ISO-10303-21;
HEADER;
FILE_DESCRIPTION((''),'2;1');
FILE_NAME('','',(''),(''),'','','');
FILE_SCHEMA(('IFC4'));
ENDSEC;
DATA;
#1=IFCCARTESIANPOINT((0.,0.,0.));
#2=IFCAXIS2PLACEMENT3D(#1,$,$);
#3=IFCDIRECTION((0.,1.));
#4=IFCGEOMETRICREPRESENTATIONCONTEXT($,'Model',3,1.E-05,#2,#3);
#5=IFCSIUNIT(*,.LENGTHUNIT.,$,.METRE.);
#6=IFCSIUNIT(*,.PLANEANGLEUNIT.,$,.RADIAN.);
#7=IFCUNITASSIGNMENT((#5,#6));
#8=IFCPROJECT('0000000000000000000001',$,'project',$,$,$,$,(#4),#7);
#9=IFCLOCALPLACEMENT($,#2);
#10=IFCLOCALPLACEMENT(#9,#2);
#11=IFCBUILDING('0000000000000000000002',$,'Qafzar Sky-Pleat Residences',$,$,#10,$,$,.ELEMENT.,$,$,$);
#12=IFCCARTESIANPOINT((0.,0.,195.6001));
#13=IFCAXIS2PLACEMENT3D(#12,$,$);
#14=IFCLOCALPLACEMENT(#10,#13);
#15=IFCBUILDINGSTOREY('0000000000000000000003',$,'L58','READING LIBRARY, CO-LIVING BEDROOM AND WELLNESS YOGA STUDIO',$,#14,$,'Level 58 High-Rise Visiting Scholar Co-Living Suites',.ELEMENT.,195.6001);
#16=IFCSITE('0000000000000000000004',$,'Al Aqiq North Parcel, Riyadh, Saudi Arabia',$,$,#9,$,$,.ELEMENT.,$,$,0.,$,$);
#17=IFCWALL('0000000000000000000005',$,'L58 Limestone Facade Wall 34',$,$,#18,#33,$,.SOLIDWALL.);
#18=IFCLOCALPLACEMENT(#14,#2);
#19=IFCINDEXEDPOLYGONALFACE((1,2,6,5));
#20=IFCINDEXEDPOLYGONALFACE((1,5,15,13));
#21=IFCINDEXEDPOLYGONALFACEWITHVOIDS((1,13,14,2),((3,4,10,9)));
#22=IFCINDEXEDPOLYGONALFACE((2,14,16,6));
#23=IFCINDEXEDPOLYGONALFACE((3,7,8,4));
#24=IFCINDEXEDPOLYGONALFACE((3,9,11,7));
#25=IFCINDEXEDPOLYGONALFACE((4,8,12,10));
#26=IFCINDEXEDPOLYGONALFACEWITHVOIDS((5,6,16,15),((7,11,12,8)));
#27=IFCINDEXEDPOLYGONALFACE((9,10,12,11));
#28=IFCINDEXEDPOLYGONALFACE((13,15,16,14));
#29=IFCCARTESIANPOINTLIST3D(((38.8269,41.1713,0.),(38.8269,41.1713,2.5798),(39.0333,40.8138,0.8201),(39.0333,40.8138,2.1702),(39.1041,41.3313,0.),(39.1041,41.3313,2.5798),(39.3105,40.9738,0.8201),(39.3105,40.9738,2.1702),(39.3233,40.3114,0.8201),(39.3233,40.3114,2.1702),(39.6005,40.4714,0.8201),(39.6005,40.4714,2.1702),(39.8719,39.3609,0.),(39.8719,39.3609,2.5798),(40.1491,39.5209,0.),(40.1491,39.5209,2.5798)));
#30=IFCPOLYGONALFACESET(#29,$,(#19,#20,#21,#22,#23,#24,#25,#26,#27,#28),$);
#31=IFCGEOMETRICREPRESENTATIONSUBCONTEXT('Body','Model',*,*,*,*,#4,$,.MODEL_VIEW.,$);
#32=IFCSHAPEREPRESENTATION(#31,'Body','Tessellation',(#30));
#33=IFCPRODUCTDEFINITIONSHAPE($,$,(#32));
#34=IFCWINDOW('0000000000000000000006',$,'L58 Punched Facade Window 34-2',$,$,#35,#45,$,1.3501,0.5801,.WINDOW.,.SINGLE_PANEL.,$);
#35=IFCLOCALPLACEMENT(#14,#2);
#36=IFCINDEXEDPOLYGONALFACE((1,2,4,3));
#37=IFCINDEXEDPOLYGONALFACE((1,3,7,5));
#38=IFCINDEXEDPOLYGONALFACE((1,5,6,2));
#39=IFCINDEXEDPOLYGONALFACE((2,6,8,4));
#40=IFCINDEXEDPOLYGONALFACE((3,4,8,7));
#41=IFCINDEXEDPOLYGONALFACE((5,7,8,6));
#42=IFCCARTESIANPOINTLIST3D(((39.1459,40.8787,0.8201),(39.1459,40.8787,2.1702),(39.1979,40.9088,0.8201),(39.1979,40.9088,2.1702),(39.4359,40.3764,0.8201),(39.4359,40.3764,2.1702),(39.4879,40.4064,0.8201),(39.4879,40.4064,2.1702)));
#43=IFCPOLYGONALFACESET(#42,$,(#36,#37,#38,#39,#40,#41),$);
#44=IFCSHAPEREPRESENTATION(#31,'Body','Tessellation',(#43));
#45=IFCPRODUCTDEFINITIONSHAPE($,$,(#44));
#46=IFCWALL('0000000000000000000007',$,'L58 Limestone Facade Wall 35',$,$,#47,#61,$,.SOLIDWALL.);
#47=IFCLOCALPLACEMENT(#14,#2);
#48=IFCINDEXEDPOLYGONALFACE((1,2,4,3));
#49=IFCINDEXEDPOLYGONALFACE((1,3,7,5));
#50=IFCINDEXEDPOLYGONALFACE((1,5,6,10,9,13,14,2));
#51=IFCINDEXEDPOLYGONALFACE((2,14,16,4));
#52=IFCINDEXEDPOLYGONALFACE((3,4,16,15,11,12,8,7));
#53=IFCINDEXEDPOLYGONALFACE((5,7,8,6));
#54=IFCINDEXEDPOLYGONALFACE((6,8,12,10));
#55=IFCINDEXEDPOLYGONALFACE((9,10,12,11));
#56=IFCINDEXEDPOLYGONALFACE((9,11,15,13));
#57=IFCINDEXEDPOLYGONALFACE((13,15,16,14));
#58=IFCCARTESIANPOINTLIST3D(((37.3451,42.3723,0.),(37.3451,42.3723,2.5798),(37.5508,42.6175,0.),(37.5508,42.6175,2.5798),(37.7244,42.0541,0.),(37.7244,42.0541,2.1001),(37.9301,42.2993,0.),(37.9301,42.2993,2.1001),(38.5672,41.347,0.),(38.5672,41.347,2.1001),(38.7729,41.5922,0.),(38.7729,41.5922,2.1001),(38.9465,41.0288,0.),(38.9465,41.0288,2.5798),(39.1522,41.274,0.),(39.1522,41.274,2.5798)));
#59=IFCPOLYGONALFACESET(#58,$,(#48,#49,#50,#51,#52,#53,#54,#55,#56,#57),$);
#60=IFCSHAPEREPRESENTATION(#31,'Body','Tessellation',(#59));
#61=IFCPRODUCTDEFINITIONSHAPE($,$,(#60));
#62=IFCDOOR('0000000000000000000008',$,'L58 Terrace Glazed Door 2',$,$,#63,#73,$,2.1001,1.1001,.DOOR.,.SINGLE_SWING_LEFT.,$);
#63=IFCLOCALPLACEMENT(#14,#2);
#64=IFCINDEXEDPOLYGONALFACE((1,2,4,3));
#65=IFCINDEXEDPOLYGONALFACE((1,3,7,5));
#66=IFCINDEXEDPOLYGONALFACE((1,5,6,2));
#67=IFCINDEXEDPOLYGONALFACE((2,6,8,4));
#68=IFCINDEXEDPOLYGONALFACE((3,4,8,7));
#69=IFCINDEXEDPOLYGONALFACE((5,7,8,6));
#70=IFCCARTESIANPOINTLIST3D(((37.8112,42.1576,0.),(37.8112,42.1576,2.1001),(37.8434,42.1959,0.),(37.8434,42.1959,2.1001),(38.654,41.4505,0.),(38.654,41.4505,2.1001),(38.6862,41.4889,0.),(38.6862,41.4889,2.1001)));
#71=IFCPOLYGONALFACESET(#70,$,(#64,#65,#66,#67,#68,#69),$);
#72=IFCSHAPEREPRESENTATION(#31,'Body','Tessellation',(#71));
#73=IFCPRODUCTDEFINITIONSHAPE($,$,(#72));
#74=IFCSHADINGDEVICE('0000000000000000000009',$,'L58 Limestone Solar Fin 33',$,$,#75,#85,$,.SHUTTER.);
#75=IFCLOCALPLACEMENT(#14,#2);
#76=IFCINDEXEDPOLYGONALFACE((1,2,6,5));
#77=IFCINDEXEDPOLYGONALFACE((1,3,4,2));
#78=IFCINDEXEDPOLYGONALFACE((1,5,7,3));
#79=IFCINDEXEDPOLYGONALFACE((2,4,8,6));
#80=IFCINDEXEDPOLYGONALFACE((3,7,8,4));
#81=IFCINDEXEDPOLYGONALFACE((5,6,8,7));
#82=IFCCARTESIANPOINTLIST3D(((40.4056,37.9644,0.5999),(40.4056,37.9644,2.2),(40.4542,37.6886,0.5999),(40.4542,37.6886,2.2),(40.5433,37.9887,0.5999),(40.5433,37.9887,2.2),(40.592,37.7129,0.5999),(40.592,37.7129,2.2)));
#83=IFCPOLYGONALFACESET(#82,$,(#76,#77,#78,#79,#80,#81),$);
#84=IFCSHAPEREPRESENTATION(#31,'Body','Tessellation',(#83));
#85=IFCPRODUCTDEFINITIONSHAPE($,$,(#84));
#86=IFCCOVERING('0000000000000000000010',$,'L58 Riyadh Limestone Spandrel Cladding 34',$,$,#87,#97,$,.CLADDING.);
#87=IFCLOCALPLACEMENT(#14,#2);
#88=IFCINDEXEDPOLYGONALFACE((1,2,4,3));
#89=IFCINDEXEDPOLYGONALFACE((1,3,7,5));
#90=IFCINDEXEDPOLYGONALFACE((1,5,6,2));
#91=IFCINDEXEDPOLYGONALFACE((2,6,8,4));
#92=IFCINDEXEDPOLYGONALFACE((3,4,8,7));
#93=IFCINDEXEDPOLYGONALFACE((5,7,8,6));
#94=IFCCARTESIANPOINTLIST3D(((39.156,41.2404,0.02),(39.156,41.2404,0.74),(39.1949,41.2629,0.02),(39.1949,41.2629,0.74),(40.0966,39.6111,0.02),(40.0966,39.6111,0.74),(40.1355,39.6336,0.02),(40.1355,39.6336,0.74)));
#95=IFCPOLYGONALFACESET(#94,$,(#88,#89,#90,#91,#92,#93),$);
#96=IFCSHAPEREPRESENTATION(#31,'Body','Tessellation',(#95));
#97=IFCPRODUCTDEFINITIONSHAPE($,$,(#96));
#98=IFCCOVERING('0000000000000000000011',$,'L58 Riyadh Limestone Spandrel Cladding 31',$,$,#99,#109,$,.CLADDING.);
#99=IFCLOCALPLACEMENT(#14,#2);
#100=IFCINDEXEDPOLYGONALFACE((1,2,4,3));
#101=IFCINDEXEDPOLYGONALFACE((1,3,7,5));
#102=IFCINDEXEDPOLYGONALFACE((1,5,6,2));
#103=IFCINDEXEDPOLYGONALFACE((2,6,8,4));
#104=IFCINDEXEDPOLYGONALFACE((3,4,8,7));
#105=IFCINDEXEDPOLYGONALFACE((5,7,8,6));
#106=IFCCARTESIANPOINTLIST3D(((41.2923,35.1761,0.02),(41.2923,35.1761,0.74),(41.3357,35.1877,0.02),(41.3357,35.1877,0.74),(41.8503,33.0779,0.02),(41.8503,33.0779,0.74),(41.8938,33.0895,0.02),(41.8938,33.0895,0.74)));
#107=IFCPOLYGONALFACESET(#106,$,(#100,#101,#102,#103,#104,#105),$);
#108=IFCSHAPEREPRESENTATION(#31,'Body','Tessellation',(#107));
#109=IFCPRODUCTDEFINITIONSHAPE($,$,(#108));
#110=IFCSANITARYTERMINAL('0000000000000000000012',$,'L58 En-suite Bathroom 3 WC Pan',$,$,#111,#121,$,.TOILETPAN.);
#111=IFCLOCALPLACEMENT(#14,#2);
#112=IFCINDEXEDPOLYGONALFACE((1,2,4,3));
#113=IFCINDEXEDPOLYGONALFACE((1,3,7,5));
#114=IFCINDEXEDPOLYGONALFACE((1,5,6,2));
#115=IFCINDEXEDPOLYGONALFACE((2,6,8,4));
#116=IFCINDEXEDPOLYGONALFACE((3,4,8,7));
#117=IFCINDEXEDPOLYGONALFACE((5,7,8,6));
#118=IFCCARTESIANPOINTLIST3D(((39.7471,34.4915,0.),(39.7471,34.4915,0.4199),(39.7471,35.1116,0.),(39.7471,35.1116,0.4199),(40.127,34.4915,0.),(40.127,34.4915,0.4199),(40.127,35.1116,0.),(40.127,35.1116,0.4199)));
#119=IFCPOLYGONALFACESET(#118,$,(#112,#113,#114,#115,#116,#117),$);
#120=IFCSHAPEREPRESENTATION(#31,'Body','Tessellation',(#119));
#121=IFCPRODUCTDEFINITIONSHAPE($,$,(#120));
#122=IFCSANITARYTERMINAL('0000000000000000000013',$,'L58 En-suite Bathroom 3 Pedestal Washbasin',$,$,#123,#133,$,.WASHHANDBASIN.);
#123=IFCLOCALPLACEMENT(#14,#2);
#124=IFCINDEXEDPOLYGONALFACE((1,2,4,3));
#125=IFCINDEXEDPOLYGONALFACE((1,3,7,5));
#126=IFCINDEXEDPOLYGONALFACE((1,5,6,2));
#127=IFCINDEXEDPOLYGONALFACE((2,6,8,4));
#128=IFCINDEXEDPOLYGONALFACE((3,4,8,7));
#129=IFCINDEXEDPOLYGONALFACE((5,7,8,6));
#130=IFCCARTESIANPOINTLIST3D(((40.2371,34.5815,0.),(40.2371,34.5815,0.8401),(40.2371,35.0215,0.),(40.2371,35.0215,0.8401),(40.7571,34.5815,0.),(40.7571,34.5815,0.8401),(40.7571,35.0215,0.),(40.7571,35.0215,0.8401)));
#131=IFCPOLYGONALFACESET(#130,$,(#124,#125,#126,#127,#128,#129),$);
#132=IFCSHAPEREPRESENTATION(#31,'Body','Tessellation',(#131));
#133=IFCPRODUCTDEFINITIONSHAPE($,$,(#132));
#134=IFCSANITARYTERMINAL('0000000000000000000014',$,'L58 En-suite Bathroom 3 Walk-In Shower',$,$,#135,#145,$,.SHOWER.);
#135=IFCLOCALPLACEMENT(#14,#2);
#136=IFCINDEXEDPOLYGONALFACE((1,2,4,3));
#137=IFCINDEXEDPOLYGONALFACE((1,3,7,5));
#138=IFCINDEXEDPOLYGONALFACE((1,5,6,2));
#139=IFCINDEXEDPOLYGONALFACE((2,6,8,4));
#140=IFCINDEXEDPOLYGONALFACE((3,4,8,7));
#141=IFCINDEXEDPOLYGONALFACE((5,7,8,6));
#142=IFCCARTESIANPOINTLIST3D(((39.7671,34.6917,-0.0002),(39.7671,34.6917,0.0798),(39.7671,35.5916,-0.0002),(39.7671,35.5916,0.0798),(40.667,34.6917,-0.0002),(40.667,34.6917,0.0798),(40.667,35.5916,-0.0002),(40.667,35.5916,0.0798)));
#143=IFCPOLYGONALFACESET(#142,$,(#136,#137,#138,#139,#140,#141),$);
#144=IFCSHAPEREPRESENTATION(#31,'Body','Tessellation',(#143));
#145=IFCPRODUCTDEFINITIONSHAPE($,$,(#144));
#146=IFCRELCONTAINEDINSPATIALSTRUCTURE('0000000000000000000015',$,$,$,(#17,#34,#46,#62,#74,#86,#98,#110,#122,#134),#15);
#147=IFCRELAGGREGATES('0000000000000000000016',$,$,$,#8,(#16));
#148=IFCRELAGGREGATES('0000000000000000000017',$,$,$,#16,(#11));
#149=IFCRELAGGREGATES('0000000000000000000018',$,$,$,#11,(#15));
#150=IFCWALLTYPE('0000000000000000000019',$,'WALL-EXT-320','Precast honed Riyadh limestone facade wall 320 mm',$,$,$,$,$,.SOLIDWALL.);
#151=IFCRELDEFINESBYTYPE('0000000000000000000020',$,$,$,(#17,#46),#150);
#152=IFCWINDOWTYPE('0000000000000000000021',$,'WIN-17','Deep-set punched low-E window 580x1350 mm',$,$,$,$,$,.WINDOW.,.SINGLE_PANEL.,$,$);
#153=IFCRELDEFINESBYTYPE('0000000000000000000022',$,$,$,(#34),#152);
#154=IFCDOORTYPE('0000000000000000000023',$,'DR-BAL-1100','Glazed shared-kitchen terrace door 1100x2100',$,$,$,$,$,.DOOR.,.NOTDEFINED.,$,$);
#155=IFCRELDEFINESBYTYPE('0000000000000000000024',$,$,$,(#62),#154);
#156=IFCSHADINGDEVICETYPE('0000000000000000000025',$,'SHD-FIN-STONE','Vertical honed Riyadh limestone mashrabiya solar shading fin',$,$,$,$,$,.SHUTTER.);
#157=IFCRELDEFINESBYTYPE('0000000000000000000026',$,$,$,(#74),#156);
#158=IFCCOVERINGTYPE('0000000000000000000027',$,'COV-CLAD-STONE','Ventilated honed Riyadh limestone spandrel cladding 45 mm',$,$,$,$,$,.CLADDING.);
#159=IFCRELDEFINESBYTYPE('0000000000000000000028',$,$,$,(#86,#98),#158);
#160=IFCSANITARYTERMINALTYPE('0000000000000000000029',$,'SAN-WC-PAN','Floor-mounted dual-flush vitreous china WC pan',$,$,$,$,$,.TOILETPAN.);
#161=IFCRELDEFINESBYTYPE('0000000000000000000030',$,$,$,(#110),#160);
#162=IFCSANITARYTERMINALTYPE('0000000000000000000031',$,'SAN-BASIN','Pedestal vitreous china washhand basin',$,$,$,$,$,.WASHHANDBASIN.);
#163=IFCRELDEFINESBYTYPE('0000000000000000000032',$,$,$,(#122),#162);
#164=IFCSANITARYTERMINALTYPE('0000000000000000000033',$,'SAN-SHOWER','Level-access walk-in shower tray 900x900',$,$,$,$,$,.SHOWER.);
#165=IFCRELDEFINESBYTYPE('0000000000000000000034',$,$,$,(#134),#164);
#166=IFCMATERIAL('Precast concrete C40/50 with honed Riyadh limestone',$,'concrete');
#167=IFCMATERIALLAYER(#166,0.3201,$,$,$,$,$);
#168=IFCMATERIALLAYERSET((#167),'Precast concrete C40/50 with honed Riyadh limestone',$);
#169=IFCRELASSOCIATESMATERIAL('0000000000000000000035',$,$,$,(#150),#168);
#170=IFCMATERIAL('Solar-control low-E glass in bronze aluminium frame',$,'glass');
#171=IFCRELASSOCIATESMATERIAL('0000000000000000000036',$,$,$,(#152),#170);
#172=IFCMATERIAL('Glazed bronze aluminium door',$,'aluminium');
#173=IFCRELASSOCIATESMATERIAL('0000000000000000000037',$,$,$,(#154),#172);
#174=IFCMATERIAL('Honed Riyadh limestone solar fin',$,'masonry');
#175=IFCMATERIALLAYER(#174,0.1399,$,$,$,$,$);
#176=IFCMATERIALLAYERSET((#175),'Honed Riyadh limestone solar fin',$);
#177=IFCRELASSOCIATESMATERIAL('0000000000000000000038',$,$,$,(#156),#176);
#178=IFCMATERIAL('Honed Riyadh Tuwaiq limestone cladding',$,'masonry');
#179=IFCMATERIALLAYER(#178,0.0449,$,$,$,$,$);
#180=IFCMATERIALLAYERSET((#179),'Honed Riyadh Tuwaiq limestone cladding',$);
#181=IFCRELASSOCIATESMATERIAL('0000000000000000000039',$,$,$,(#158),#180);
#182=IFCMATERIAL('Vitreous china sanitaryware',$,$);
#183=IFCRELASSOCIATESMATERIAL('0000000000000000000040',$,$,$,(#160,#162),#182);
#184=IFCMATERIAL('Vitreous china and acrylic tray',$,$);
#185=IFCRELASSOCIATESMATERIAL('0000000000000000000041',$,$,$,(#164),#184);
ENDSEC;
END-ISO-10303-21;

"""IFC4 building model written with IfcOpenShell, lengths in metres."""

from ifc_helpers import new_model, si_unit, direction, frame, frame_2d, origin, origin_2d, place, context, subcontext, project, spatial, rectangle, extrude, source, transform, mapped, material, layer, layer_set, type_object, element, fill, save


model = new_model("IFC4")

# Units and contexts
model_context = context("Model", 3, precision=1e-05, world=origin(), true_north=direction((0.0, 1.0)))
body_context = subcontext(model_context, "Body", "Model", "MODEL_VIEW")
ifc_project = project(units=[si_unit("LENGTHUNIT", "METRE"), si_unit("PLANEANGLEUNIT", "RADIAN")], contexts=[model_context])

# Site, building, storey
site_placement = place(None, origin())
site = spatial("IfcSite", under=ifc_project, at=site_placement, Name="Al Aqiq North Parcel, Riyadh, Saudi Arabia", CompositionType="ELEMENT", RefElevation=0.0)
building_placement = place(site_placement, origin())
building = spatial("IfcBuilding", under=site, at=building_placement, Name="Qafzar Sky-Pleat Residences", CompositionType="ELEMENT")
storey_placement = place(building_placement, frame((0.0, 0.0, 195.6001)))
storey = spatial("IfcBuildingStorey", under=building, at=storey_placement, Name="L58", Description="READING LIBRARY, CO-LIVING BEDROOM AND WELLNESS YOGA STUDIO", LongName="Level 58 High-Rise Visiting Scholar Co-Living Suites", CompositionType="ELEMENT", Elevation=195.6001)

# Wall, opening, window
ifc_material_1 = material(Name="Precast concrete C40/50 with honed Riyadh limestone", Category="concrete")
ifc_layer_1 = layer(ifc_material_1, 0.3201)
ifc_layer_set_1 = layer_set([ifc_layer_1], Name="Precast concrete C40/50 with honed Riyadh limestone")
wall_type_1 = type_object("IfcWallType", Name="WALL-EXT-320", Description="Precast honed Riyadh limestone facade wall 320 mm", PredefinedType="SOLIDWALL", material=ifc_layer_set_1)
ifc_material_2 = material(Name="Solar-control low-E glass in bronze aluminium frame", Category="glass")
wall_1_placement = place(storey_placement, frame((40.0105, 39.4409, 0.0), z_axis=(0.0, 0.0, 1.0), x_axis=(-0.499908, 0.866079, 0.0)))
wall_1 = element("IfcWall", 1, at=wall_1_placement, inside=storey, type_object=wall_type_1, Name="L58 Limestone Facade Wall 34", PredefinedType="SOLIDWALL", context=body_context, shape_type="SweptSolid", body=[
    extrude(rectangle(XDim=2.0903, YDim=0.3201, at=frame_2d((1.0452, 0.0))), origin(), (0.0, 0.0, 1.0), 2.5798),
])
opening_1_placement = place(wall_1_placement, frame((1.0974, 0.0, 0.8201)))
opening_1 = element("IfcOpeningElement", 2, at=opening_1_placement, cuts=wall_1, PredefinedType="OPENING", context=body_context, shape_type="SweptSolid", body=[
    extrude(rectangle(XDim=0.5801, YDim=1.3501, at=frame_2d((0.29, 0.675))), frame((0.0, 0.1699, 0.0), z_axis=(0.0, -1.0, 0.0), x_axis=(1.0, 0.0, 0.0)), (0.0, 0.0, 1.0), 0.3401),
])
window_type_1 = type_object("IfcWindowType", Name="WIN-17", Description="Deep-set punched low-E window 580x1350 mm", PartitioningType="SINGLE_PANEL", PredefinedType="WINDOW", material=ifc_material_2)
shared_shape_1 = source(origin(), body_context, "Body", "SweptSolid", [
    extrude(rectangle(XDim=0.5801, YDim=1.3501, at=frame_2d((0.29, 0.675))), frame((0.0, 0.03, 0.0), z_axis=(0.0, -1.0, 0.0), x_axis=(1.0, 0.0, 0.0)), (0.0, 0.0, 1.0), 0.0601),
])
window_1_placement = place(opening_1_placement, origin())
window_1 = element("IfcWindow", 3, at=window_1_placement, inside=storey, type_object=window_type_1, Name="L58 Punched Facade Window 34-2", OverallHeight=1.3501, OverallWidth=0.5801, PartitioningType="SINGLE_PANEL", PredefinedType="WINDOW", context=body_context, shape_type="MappedRepresentation", body=[
    mapped(shared_shape_1, transform((0.0, 0.0, 0.0), x_axis=(1.0, 0.0, 0.0), y_axis=(0.0, 1.0, 0.0), z_axis=(0.0, 0.0, 1.0), scale=1.0)),
])
fill(opening_1, window_1)

# Wall, opening, door
wall_2_placement = place(storey_placement, frame((39.0493, 41.1514, 0.0), z_axis=(0.0, 0.0, 1.0), x_axis=(-0.766082, 0.642743, 0.0)))
wall_2 = element("IfcWall", 4, at=wall_2_placement, inside=storey, type_object=wall_type_1, Name="L58 Limestone Facade Wall 35", PredefinedType="SOLIDWALL", context=body_context, shape_type="SweptSolid", body=[
    extrude(rectangle(XDim=2.0903, YDim=0.3201, at=frame_2d((1.0452, 0.0))), origin(), (0.0, 0.0, 1.0), 2.5798),
])
opening_2_placement = place(wall_2_placement, frame((0.4951, 0.0, 0.0)))
opening_2 = element("IfcOpeningElement", 5, at=opening_2_placement, cuts=wall_2, PredefinedType="OPENING", context=body_context, shape_type="SweptSolid", body=[
    extrude(rectangle(XDim=1.1001, YDim=2.1001, at=frame_2d((0.55, 1.05))), frame((0.0, 0.1699, 0.0), z_axis=(0.0, -1.0, 0.0), x_axis=(1.0, 0.0, 0.0)), (0.0, 0.0, 1.0), 0.3401),
])
ifc_material_3 = material(Name="Glazed bronze aluminium door", Category="aluminium")
door_type_1 = type_object("IfcDoorType", Name="DR-BAL-1100", Description="Glazed shared-kitchen terrace door 1100x2100", OperationType="NOTDEFINED", PredefinedType="DOOR", material=ifc_material_3)
shared_shape_2 = source(origin(), body_context, "Body", "SweptSolid", [
    extrude(rectangle(XDim=1.1001, YDim=2.1001, at=frame_2d((0.55, 1.05))), frame((0.0, 0.0249, 0.0), z_axis=(0.0, -1.0, 0.0), x_axis=(1.0, 0.0, 0.0)), (0.0, 0.0, 1.0), 0.05),
])
door_1_placement = place(opening_2_placement, origin())
door_1 = element("IfcDoor", 6, at=door_1_placement, inside=storey, type_object=door_type_1, Name="L58 Terrace Glazed Door 2", OperationType="SINGLE_SWING_LEFT", OverallHeight=2.1001, OverallWidth=1.1001, PredefinedType="DOOR", context=body_context, shape_type="MappedRepresentation", body=[
    mapped(shared_shape_2, transform((0.0, 0.0, 0.0), x_axis=(1.0, 0.0, 0.0), y_axis=(0.0, 1.0, 0.0), z_axis=(0.0, 0.0, 1.0), scale=1.0)),
])
fill(opening_2, door_1)

# Shading device
ifc_material_4 = material(Name="Honed Riyadh limestone solar fin", Category="masonry")
ifc_layer_2 = layer(ifc_material_4, 0.1399)
ifc_layer_set_2 = layer_set([ifc_layer_2], Name="Honed Riyadh limestone solar fin")
shading_device_type = type_object("IfcShadingDeviceType", Name="SHD-FIN-STONE", Description="Vertical honed Riyadh limestone mashrabiya solar shading fin", PredefinedType="SHUTTER", material=ifc_layer_set_2)
shared_shape_3 = source(origin(), body_context, "Body", "SweptSolid", [
    extrude(rectangle(XDim=0.1399, YDim=0.28, at=origin_2d()), origin(), (0.0, 0.0, 1.0), 1.6001),
])
shading_device_placement = place(storey_placement, frame((40.4988, 37.8386, 0.5999), z_axis=(0.0, 0.0, 1.0), x_axis=(0.984806, 0.173658, 0.0)))
element("IfcShadingDevice", 7, at=shading_device_placement, inside=storey, type_object=shading_device_type, Name="L58 Limestone Solar Fin 33", PredefinedType="SHUTTER", context=body_context, shape_type="MappedRepresentation", body=[
    mapped(shared_shape_3, transform((0.0, 0.0, 0.0), x_axis=(1.0, 0.0, 0.0), y_axis=(0.0, 1.0, 0.0), z_axis=(0.0, 0.0, 1.0), scale=1.0)),
])

# Coverings
ifc_material_5 = material(Name="Honed Riyadh Tuwaiq limestone cladding", Category="masonry")
ifc_layer_3 = layer(ifc_material_5, 0.0449)
ifc_layer_set_3 = layer_set([ifc_layer_3], Name="Honed Riyadh Tuwaiq limestone cladding")
covering_type = type_object("IfcCoveringType", Name="COV-CLAD-STONE", Description="Ventilated honed Riyadh limestone spandrel cladding 45 mm", PredefinedType="CLADDING", material=ifc_layer_set_3)
shared_shape_4 = source(origin(), body_context, "Body", "SweptSolid", [
    extrude(rectangle(XDim=1.8813, YDim=0.0449, at=origin_2d()), origin(), (0.0, 0.0, 1.0), 0.72),
])
covering_1_placement = place(storey_placement, frame((39.6458, 40.437, 0.02), z_axis=(0.0, 0.0, 1.0), x_axis=(-0.499972, 0.866041, 0.0)))
element("IfcCovering", 8, at=covering_1_placement, inside=storey, type_object=covering_type, Name="L58 Riyadh Limestone Spandrel Cladding 34", PredefinedType="CLADDING", context=body_context, shape_type="MappedRepresentation", body=[
    mapped(shared_shape_4, transform((0.0, 0.0, 0.0), x_axis=(1.0, 0.0, 0.0), y_axis=(0.0, 1.0, 0.0), z_axis=(0.0, 0.0, 1.0), scale=1.0)),
])
shared_shape_5 = source(origin(), body_context, "Body", "SweptSolid", [
    extrude(rectangle(XDim=2.1711, YDim=0.0449, at=origin_2d()), origin(), (0.0, 0.0, 1.0), 0.72),
])
covering_2_placement = place(storey_placement, frame((41.593, 34.1328, 0.02), z_axis=(0.0, 0.0, 1.0), x_axis=(-0.257041, 0.966401, 0.0)))
element("IfcCovering", 9, at=covering_2_placement, inside=storey, type_object=covering_type, Name="L58 Riyadh Limestone Spandrel Cladding 31", PredefinedType="CLADDING", context=body_context, shape_type="MappedRepresentation", body=[
    mapped(shared_shape_5, transform((0.0, 0.0, 0.0), x_axis=(1.0, 0.0, 0.0), y_axis=(0.0, 1.0, 0.0), z_axis=(0.0, 0.0, 1.0), scale=1.0)),
])

# Sanitary terminals
ifc_material_6 = material(Name="Vitreous china sanitaryware")
sanitary_terminal_type_1 = type_object("IfcSanitaryTerminalType", Name="SAN-WC-PAN", Description="Floor-mounted dual-flush vitreous china WC pan", PredefinedType="TOILETPAN", material=ifc_material_6)
shared_shape_6 = source(origin(), body_context, "Body", "SweptSolid", [
    extrude(rectangle(XDim=0.3799, YDim=0.6201, at=origin_2d()), origin(), (0.0, 0.0, 1.0), 0.4199),
])
sanitary_terminal_1_placement = place(storey_placement, frame((39.937, 34.8015, 0.0), z_axis=(0.0, 0.0, 1.0), x_axis=(1.0, 0.0, 0.0)))
element("IfcSanitaryTerminal", 10, at=sanitary_terminal_1_placement, inside=storey, type_object=sanitary_terminal_type_1, Name="L58 En-suite Bathroom 3 WC Pan", PredefinedType="TOILETPAN", context=body_context, shape_type="MappedRepresentation", body=[
    mapped(shared_shape_6, transform((0.0, 0.0, 0.0), x_axis=(1.0, 0.0, 0.0), y_axis=(0.0, 1.0, 0.0), z_axis=(0.0, 0.0, 1.0), scale=1.0)),
])
sanitary_terminal_type_2 = type_object("IfcSanitaryTerminalType", Name="SAN-BASIN", Description="Pedestal vitreous china washhand basin", PredefinedType="WASHHANDBASIN", material=ifc_material_6)
shared_shape_7 = source(origin(), body_context, "Body", "SweptSolid", [
    extrude(rectangle(XDim=0.52, YDim=0.4399, at=origin_2d()), origin(), (0.0, 0.0, 1.0), 0.8401),
])
sanitary_terminal_2_placement = place(storey_placement, frame((40.4971, 34.8015, 0.0), z_axis=(0.0, 0.0, 1.0), x_axis=(1.0, 0.0, 0.0)))
element("IfcSanitaryTerminal", 11, at=sanitary_terminal_2_placement, inside=storey, type_object=sanitary_terminal_type_2, Name="L58 En-suite Bathroom 3 Pedestal Washbasin", PredefinedType="WASHHANDBASIN", context=body_context, shape_type="MappedRepresentation", body=[
    mapped(shared_shape_7, transform((0.0, 0.0, 0.0), x_axis=(1.0, 0.0, 0.0), y_axis=(0.0, 1.0, 0.0), z_axis=(0.0, 0.0, 1.0), scale=1.0)),
])
ifc_material_7 = material(Name="Vitreous china and acrylic tray")
sanitary_terminal_type_3 = type_object("IfcSanitaryTerminalType", Name="SAN-SHOWER", Description="Level-access walk-in shower tray 900x900", PredefinedType="SHOWER", material=ifc_material_7)
shared_shape_8 = source(origin(), body_context, "Body", "SweptSolid", [
    extrude(rectangle(XDim=0.8999, YDim=0.8999, at=origin_2d()), origin(), (0.0, 0.0, 1.0), 0.0801),
])
sanitary_terminal_3_placement = place(storey_placement, frame((40.217, 35.1416, -0.0002), z_axis=(0.0, 0.0, 1.0), x_axis=(1.0, 0.0, 0.0)))
element("IfcSanitaryTerminal", 12, at=sanitary_terminal_3_placement, inside=storey, type_object=sanitary_terminal_type_3, Name="L58 En-suite Bathroom 3 Walk-In Shower", PredefinedType="SHOWER", context=body_context, shape_type="MappedRepresentation", body=[
    mapped(shared_shape_8, transform((0.0, 0.0, 0.0), x_axis=(1.0, 0.0, 0.0), y_axis=(0.0, 1.0, 0.0), z_axis=(0.0, 0.0, 1.0), scale=1.0)),
])

save(model, "model.ifc")
